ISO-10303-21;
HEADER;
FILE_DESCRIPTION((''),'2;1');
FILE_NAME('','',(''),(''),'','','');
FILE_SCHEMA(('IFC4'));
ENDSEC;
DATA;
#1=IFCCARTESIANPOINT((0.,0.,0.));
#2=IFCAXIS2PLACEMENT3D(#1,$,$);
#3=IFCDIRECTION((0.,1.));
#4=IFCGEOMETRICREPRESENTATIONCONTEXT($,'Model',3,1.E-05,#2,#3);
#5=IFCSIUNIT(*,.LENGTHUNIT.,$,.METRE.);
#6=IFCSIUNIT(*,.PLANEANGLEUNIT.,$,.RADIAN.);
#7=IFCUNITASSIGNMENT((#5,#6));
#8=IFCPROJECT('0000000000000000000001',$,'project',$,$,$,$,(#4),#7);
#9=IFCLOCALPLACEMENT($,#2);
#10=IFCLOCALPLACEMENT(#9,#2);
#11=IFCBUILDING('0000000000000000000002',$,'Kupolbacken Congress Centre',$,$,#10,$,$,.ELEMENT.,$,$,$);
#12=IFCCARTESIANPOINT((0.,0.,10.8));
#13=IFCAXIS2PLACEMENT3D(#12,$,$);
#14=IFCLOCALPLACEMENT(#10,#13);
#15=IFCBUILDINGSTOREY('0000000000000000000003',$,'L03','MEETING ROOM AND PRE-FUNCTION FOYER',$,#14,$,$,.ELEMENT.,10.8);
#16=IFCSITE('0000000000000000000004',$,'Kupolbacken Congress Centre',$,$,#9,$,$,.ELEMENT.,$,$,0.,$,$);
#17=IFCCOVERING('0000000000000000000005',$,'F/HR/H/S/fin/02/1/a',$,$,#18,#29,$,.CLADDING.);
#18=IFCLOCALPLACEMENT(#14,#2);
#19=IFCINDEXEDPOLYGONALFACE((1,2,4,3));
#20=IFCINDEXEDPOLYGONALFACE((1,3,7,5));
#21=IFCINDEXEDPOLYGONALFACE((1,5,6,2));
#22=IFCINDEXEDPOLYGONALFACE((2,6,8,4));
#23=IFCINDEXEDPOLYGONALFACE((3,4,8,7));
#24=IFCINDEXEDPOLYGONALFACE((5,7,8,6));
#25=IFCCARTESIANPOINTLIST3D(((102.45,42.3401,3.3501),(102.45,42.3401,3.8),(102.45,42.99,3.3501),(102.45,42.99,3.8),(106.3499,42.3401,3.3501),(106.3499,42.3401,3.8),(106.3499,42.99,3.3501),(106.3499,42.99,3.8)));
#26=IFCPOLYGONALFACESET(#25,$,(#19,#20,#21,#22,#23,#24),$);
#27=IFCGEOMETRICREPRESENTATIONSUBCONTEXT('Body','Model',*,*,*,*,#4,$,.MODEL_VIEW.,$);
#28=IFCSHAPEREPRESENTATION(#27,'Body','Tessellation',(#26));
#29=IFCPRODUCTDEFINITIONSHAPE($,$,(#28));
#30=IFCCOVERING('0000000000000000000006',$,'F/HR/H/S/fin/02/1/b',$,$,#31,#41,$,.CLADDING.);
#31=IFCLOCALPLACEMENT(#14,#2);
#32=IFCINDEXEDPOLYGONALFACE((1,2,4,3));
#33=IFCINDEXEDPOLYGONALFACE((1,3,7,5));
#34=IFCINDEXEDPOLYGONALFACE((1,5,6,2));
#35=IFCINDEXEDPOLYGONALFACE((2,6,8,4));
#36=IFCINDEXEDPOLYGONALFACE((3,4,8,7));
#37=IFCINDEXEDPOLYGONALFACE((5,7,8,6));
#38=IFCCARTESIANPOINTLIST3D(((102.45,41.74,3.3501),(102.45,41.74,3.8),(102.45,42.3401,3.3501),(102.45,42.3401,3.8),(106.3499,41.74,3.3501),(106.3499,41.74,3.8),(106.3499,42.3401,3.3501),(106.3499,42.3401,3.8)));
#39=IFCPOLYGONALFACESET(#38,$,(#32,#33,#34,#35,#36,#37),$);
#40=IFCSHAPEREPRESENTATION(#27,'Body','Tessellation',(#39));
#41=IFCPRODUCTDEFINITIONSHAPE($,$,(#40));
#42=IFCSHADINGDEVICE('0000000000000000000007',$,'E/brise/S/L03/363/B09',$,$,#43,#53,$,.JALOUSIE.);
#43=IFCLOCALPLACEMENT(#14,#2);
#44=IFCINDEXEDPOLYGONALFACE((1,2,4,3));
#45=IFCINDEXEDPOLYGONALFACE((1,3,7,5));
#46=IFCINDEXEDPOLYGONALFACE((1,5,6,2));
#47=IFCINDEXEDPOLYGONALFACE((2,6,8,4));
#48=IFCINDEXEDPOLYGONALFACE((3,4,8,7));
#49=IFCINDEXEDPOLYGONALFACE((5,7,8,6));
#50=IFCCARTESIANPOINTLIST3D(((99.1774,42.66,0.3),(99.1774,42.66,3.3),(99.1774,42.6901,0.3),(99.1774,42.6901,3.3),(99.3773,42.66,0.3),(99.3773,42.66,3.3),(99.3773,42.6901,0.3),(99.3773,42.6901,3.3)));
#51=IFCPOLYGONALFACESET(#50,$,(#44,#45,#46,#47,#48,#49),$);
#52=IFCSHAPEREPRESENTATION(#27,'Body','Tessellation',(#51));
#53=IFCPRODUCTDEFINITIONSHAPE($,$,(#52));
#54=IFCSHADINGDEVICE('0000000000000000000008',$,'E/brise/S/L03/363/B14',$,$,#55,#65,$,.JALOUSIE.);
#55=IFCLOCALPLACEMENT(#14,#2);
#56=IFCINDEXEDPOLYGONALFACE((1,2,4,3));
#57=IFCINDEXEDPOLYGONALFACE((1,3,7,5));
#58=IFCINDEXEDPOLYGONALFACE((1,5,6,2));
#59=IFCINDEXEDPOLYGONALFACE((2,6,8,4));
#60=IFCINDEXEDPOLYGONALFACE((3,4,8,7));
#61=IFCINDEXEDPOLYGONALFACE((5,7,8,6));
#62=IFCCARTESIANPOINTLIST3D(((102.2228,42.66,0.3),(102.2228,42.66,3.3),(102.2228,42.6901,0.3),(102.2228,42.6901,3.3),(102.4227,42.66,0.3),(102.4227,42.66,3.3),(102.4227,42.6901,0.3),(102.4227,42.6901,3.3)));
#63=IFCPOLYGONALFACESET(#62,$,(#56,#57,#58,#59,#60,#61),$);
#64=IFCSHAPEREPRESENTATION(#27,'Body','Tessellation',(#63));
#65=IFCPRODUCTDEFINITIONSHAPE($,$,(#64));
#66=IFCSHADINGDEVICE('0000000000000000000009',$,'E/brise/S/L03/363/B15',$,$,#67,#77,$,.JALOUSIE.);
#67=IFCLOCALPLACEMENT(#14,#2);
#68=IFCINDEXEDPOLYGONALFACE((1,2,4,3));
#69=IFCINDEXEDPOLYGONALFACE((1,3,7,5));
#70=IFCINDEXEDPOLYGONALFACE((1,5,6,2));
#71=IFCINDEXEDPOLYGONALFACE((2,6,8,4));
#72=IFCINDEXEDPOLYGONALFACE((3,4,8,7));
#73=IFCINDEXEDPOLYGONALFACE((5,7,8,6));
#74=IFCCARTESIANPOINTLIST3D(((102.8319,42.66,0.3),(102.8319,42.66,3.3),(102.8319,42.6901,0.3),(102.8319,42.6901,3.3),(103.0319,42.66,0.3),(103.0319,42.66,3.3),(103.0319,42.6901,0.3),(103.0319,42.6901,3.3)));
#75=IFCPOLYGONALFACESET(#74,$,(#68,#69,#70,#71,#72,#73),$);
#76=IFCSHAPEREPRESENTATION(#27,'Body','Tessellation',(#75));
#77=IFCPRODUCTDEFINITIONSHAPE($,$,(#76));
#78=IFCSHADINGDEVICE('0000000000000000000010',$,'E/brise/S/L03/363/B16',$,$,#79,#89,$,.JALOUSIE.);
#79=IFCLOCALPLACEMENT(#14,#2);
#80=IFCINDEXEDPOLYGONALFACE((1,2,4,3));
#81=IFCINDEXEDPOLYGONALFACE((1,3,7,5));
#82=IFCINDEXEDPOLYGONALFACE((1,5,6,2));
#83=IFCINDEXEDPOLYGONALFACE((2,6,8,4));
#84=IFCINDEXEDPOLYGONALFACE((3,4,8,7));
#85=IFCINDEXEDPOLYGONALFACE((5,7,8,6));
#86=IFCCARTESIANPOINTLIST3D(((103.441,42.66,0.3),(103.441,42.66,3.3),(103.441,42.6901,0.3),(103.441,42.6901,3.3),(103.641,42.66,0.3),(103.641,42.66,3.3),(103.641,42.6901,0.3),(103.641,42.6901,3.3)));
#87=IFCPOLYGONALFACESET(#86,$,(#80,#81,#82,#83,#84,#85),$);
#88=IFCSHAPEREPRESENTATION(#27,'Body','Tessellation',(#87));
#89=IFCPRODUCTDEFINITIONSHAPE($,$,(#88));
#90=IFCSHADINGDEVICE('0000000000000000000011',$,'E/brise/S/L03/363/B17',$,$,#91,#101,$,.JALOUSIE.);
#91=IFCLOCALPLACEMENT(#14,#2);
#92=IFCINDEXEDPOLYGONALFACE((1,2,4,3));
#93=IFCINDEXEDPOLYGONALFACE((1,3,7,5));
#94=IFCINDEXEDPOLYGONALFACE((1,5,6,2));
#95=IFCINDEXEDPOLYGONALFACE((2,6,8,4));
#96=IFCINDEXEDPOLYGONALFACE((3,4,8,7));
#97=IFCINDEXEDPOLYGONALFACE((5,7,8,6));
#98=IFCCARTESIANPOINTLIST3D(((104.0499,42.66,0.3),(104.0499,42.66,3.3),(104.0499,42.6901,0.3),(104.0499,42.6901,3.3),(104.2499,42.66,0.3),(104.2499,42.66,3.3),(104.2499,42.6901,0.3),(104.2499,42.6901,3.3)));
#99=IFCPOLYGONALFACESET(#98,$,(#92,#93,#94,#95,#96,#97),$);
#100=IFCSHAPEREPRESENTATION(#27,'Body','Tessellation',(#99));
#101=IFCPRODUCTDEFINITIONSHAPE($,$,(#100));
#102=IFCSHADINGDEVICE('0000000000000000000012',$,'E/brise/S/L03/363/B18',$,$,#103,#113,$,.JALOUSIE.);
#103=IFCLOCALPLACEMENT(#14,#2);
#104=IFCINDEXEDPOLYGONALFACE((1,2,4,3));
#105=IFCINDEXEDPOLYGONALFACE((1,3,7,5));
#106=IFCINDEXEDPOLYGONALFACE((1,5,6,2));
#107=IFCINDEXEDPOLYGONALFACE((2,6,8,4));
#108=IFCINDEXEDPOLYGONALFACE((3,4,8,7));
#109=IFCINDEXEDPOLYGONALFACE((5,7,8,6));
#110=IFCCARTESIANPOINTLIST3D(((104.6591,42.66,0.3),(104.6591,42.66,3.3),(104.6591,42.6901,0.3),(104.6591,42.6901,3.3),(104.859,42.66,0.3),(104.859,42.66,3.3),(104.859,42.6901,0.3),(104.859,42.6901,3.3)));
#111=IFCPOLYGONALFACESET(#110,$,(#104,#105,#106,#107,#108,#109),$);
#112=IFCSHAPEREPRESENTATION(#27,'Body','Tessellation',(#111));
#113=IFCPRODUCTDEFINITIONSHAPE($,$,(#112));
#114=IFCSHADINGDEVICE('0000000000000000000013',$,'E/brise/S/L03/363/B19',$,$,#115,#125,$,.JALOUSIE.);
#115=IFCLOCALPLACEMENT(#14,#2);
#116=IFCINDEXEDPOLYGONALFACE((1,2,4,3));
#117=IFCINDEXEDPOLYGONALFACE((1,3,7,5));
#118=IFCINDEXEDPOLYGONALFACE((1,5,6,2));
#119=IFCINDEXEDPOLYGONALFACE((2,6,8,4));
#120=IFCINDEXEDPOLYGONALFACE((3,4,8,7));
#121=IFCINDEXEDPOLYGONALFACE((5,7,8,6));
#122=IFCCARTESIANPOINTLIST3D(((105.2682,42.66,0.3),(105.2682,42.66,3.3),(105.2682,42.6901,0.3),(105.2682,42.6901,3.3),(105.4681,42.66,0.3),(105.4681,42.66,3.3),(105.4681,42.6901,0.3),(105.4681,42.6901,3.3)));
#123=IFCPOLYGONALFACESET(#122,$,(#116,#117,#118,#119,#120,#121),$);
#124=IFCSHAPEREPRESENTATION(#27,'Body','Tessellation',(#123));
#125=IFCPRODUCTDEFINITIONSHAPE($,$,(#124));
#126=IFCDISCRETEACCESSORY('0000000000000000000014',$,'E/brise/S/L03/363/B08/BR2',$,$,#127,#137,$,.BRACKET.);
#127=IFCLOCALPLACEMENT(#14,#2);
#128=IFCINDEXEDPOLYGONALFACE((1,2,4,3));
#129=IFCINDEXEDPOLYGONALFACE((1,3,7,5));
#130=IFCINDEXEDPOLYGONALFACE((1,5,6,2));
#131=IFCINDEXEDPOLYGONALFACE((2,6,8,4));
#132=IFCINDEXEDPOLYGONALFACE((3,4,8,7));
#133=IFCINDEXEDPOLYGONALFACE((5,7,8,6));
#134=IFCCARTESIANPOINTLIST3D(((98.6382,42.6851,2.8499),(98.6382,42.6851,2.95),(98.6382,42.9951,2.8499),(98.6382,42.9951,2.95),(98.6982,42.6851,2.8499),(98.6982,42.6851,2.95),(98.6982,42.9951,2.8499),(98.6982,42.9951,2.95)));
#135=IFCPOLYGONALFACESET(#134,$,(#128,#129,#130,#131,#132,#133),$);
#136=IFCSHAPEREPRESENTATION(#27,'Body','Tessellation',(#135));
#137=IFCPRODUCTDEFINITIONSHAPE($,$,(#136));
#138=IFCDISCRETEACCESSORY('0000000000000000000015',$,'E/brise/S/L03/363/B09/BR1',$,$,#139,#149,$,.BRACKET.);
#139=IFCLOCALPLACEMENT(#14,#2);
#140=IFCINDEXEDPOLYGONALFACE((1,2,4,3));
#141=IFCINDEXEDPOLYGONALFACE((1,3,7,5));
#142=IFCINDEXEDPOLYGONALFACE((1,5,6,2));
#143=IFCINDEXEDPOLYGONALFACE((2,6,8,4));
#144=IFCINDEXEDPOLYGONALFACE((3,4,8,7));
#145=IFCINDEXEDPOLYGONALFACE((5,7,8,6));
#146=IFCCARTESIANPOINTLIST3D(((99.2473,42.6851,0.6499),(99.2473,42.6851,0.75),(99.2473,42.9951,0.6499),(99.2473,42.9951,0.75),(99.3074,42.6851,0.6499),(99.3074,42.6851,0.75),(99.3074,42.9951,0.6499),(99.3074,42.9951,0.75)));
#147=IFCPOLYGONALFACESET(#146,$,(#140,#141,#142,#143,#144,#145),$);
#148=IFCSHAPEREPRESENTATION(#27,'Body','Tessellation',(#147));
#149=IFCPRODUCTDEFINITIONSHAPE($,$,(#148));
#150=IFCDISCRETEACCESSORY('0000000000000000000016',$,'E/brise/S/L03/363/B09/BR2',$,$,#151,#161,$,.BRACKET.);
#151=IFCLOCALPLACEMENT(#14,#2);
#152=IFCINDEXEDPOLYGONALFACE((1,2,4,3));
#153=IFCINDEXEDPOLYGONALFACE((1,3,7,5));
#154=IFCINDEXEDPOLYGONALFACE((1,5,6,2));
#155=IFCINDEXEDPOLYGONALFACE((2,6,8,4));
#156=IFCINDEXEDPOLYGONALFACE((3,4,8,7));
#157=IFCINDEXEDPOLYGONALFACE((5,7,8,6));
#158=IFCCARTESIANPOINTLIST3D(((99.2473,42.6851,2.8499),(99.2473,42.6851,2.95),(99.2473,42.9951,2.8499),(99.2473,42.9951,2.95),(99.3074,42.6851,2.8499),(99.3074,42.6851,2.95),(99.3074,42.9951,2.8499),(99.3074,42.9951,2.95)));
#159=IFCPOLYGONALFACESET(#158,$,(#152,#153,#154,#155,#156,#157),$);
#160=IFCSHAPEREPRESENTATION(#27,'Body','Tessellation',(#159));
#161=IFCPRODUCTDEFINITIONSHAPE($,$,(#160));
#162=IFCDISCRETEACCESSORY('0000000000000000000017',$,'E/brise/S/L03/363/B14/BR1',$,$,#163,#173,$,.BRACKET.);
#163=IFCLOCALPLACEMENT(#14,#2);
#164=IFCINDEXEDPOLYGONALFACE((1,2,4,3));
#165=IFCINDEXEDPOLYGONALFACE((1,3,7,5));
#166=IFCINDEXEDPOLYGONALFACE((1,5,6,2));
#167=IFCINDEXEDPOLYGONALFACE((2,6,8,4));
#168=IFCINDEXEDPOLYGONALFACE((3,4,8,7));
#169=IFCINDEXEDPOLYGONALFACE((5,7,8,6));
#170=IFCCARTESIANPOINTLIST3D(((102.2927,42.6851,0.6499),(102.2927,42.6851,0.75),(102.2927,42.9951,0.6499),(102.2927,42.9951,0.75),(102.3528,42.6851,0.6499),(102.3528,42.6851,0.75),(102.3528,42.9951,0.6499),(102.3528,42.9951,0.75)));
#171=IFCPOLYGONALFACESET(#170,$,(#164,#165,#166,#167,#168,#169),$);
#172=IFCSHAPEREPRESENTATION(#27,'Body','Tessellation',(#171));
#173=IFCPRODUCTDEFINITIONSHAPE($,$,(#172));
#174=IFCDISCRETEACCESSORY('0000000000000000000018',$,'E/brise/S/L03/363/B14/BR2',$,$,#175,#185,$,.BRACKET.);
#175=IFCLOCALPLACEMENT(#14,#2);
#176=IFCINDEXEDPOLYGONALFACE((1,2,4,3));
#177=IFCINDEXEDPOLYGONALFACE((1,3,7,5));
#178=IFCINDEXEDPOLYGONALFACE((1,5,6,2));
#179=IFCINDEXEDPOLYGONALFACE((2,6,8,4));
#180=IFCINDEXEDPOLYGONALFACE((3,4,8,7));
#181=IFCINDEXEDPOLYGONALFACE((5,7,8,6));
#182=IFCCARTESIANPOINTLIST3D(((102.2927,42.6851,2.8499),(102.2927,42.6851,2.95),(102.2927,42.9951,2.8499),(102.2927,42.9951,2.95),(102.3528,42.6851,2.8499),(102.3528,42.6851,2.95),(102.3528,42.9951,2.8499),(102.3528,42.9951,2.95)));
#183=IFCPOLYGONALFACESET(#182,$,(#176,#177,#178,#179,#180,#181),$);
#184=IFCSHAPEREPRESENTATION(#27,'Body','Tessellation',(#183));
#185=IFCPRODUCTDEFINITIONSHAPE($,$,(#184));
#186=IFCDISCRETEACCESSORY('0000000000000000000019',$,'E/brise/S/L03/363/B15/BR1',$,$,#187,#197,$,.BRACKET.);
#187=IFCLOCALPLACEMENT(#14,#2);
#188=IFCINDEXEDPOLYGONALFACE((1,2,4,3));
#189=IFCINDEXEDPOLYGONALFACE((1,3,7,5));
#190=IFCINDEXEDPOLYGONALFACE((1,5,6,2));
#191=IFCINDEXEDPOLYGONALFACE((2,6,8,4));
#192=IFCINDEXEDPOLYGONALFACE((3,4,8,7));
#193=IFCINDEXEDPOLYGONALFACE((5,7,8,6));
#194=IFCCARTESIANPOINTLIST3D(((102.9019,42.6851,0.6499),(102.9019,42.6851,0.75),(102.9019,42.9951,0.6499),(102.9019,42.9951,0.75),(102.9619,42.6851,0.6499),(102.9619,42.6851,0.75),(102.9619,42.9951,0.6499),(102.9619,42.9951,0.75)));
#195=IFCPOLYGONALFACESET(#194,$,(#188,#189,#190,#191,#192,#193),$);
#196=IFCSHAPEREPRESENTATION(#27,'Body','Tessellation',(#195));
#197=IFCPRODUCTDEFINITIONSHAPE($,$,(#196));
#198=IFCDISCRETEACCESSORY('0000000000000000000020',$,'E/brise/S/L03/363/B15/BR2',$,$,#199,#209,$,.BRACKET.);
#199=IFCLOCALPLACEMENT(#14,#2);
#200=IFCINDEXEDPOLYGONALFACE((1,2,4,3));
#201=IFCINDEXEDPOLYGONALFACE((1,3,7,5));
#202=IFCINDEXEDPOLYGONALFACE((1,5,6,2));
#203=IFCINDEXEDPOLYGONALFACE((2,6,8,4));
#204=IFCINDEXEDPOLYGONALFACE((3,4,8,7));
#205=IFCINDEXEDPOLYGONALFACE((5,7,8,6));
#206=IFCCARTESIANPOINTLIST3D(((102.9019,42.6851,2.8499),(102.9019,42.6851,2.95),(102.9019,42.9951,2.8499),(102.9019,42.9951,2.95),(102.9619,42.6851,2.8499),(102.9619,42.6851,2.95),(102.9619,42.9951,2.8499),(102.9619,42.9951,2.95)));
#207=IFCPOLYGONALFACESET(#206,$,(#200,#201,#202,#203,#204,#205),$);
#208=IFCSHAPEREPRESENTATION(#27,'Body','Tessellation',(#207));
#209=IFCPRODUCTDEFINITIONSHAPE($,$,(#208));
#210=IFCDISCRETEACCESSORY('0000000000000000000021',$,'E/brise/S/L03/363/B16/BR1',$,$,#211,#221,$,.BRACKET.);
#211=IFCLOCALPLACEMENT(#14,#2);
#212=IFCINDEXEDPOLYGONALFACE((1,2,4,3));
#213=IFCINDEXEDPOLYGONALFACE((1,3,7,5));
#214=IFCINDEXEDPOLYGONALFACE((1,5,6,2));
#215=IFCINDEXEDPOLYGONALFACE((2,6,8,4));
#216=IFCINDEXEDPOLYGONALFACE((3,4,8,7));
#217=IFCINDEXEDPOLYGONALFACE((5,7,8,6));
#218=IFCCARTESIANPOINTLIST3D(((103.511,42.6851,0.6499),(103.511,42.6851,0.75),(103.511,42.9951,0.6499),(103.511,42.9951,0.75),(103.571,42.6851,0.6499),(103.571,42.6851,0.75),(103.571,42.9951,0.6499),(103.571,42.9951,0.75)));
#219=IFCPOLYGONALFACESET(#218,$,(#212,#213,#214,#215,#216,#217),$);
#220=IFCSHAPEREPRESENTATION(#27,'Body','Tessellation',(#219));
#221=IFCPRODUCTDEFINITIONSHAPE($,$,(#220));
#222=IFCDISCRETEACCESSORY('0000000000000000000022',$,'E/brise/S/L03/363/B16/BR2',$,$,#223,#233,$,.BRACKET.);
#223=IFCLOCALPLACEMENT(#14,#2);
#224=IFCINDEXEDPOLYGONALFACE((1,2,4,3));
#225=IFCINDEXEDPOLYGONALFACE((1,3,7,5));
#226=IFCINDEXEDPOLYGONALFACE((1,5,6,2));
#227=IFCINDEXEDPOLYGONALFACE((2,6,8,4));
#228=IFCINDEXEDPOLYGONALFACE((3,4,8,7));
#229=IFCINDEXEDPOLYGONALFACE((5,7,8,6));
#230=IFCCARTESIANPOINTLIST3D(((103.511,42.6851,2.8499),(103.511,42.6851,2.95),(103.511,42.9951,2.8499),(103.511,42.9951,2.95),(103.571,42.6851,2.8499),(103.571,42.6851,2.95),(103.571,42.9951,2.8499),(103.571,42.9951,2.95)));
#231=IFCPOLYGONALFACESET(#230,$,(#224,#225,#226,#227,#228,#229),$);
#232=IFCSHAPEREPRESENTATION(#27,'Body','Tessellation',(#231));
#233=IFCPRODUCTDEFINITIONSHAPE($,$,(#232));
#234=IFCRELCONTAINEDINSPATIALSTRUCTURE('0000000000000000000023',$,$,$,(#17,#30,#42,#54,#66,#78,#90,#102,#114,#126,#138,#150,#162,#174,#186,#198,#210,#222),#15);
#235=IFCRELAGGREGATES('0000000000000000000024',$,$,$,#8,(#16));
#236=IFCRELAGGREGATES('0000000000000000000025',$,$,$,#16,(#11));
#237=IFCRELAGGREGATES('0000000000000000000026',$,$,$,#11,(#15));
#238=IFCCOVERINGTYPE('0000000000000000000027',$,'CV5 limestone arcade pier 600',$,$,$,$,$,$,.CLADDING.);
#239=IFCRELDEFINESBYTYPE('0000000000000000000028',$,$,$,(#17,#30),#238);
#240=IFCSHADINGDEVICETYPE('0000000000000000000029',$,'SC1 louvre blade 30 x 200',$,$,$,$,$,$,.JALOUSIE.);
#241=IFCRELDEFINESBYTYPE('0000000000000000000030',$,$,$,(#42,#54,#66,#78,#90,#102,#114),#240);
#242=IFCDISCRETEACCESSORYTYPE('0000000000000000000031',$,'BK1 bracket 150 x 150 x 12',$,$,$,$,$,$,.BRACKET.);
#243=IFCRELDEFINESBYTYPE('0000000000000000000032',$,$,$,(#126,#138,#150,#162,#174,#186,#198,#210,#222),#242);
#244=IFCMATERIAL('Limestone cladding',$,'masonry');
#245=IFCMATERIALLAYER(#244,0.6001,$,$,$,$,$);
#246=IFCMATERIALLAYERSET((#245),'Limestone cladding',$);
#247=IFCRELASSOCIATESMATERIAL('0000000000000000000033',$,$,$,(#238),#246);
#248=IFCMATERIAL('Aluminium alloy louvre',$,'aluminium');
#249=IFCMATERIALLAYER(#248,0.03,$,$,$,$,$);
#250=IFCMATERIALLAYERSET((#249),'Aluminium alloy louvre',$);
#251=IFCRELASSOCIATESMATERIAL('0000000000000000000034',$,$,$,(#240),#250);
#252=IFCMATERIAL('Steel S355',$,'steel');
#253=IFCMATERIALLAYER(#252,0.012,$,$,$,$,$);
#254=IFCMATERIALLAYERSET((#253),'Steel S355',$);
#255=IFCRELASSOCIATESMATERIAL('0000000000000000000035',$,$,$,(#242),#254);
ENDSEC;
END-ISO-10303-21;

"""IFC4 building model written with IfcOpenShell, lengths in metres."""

from ifc_helpers import new_model, si_unit, direction, frame, origin, origin_2d, place, context, subcontext, project, spatial, rectangle, extrude, material, layer, layer_set, type_object, element, save


model = new_model("IFC4")

# Units and contexts
model_context = context("Model", 3, precision=1e-05, world=origin(), true_north=direction((0.0, 1.0)))
body_context = subcontext(model_context, "Body", "Model", "MODEL_VIEW")
ifc_project = project(units=[si_unit("LENGTHUNIT", "METRE"), si_unit("PLANEANGLEUNIT", "RADIAN")], contexts=[model_context])

# Site, building, storey
site_placement = place(None, origin())
site = spatial("IfcSite", under=ifc_project, at=site_placement, Name="Kupolbacken Congress Centre", CompositionType="ELEMENT", RefElevation=0.0)
building_placement = place(site_placement, origin())
building = spatial("IfcBuilding", under=site, at=building_placement, Name="Kupolbacken Congress Centre", CompositionType="ELEMENT")
storey_placement = place(building_placement, frame((0.0, 0.0, 10.8)))
storey = spatial("IfcBuildingStorey", under=building, at=storey_placement, Name="L03", Description="MEETING ROOM AND PRE-FUNCTION FOYER", CompositionType="ELEMENT", Elevation=10.8)

# Coverings
ifc_material_1 = material(Name="Limestone cladding", Category="masonry")
ifc_layer_1 = layer(ifc_material_1, 0.6001)
ifc_layer_set_1 = layer_set([ifc_layer_1], Name="Limestone cladding")
covering_type = type_object("IfcCoveringType", Name="CV5 limestone arcade pier 600", PredefinedType="CLADDING", material=ifc_layer_set_1)
covering_1_placement = place(storey_placement, frame((104.3999, 42.665, 3.3501), z_axis=(0.0, 0.0, 1.0), x_axis=(1.0, 0.0, 0.0)))
element("IfcCovering", 1, at=covering_1_placement, inside=storey, type_object=covering_type, Name="F/HR/H/S/fin/02/1/a", PredefinedType="CLADDING", context=body_context, shape_type="SweptSolid", body=[
    extrude(rectangle(XDim=3.8999, YDim=0.6499, at=origin_2d()), origin(), (0.0, 0.0, 1.0), 0.45),
])
covering_2_placement = place(storey_placement, frame((104.3999, 42.04, 3.3501), z_axis=(0.0, 0.0, 1.0), x_axis=(1.0, 0.0, 0.0)))
element("IfcCovering", 2, at=covering_2_placement, inside=storey, type_object=covering_type, Name="F/HR/H/S/fin/02/1/b", PredefinedType="CLADDING", context=body_context, shape_type="SweptSolid", body=[
    extrude(rectangle(XDim=3.8999, YDim=0.6001, at=origin_2d()), origin(), (0.0, 0.0, 1.0), 0.45),
])

# Shading devices
ifc_material_2 = material(Name="Aluminium alloy louvre", Category="aluminium")
ifc_layer_2 = layer(ifc_material_2, 0.03)
ifc_layer_set_2 = layer_set([ifc_layer_2], Name="Aluminium alloy louvre")
shading_device_type = type_object("IfcShadingDeviceType", Name="SC1 louvre blade 30 x 200", PredefinedType="JALOUSIE", material=ifc_layer_set_2)
for number, where, z_axis, x_axis, name in (
    (3, (99.2773, 42.675, 0.3), (0.0, 0.0, 1.0), (1.0, 0.0, 0.0), "E/brise/S/L03/363/B09"),
    (4, (102.3228, 42.675, 0.3), (0.0, 0.0, 1.0), (1.0, 0.0, 0.0), "E/brise/S/L03/363/B14"),
    (5, (102.9319, 42.675, 0.3), (0.0, 0.0, 1.0), (1.0, 0.0, 0.0), "E/brise/S/L03/363/B15"),
    (6, (103.541, 42.675, 0.3), (0.0, 0.0, 1.0), (1.0, 0.0, 0.0), "E/brise/S/L03/363/B16"),
    (7, (104.1499, 42.675, 0.3), (0.0, 0.0, 1.0), (1.0, 0.0, 0.0), "E/brise/S/L03/363/B17"),
    (8, (104.759, 42.675, 0.3), (0.0, 0.0, 1.0), (1.0, 0.0, 0.0), "E/brise/S/L03/363/B18"),
    (9, (105.3682, 42.675, 0.3), (0.0, 0.0, 1.0), (1.0, 0.0, 0.0), "E/brise/S/L03/363/B19"),
):
    element("IfcShadingDevice", number, at=place(storey_placement, frame(where, z_axis=z_axis, x_axis=x_axis)), inside=storey, type_object=shading_device_type, Name=name, PredefinedType="JALOUSIE", context=body_context, shape_type="SweptSolid", body=[
        extrude(rectangle(XDim=0.2, YDim=0.03, at=origin_2d()), origin(), (0.0, 0.0, 1.0), 3.0),
    ])

# Discrete accessories
ifc_material_3 = material(Name="Steel S355", Category="steel")
ifc_layer_3 = layer(ifc_material_3, 0.012)
ifc_layer_set_3 = layer_set([ifc_layer_3], Name="Steel S355")
discrete_accessory_type = type_object("IfcDiscreteAccessoryType", Name="BK1 bracket 150 x 150 x 12", PredefinedType="BRACKET", material=ifc_layer_set_3)
for number, where, z_axis, x_axis, name in (
    (10, (98.6682, 42.8401, 2.8499), (0.0, 0.0, 1.0), (1.0, 0.0, 0.0), "E/brise/S/L03/363/B08/BR2"),
    (11, (99.2773, 42.8401, 0.6499), (0.0, 0.0, 1.0), (1.0, 0.0, 0.0), "E/brise/S/L03/363/B09/BR1"),
    (12, (99.2773, 42.8401, 2.8499), (0.0, 0.0, 1.0), (1.0, 0.0, 0.0), "E/brise/S/L03/363/B09/BR2"),
    (13, (102.3228, 42.8401, 0.6499), (0.0, 0.0, 1.0), (1.0, 0.0, 0.0), "E/brise/S/L03/363/B14/BR1"),
    (14, (102.3228, 42.8401, 2.8499), (0.0, 0.0, 1.0), (1.0, 0.0, 0.0), "E/brise/S/L03/363/B14/BR2"),
    (15, (102.9319, 42.8401, 0.6499), (0.0, 0.0, 1.0), (1.0, 0.0, 0.0), "E/brise/S/L03/363/B15/BR1"),
    (16, (102.9319, 42.8401, 2.8499), (0.0, 0.0, 1.0), (1.0, 0.0, 0.0), "E/brise/S/L03/363/B15/BR2"),
    (17, (103.541, 42.8401, 0.6499), (0.0, 0.0, 1.0), (1.0, 0.0, 0.0), "E/brise/S/L03/363/B16/BR1"),
    (18, (103.541, 42.8401, 2.8499), (0.0, 0.0, 1.0), (1.0, 0.0, 0.0), "E/brise/S/L03/363/B16/BR2"),
):
    element("IfcDiscreteAccessory", number, at=place(storey_placement, frame(where, z_axis=z_axis, x_axis=x_axis)), inside=storey, type_object=discrete_accessory_type, Name=name, PredefinedType="BRACKET", context=body_context, shape_type="SweptSolid", body=[
        extrude(rectangle(XDim=0.0601, YDim=0.3101, at=origin_2d()), origin(), (0.0, 0.0, 1.0), 0.1001),
    ])

save(model, "model.ifc")
